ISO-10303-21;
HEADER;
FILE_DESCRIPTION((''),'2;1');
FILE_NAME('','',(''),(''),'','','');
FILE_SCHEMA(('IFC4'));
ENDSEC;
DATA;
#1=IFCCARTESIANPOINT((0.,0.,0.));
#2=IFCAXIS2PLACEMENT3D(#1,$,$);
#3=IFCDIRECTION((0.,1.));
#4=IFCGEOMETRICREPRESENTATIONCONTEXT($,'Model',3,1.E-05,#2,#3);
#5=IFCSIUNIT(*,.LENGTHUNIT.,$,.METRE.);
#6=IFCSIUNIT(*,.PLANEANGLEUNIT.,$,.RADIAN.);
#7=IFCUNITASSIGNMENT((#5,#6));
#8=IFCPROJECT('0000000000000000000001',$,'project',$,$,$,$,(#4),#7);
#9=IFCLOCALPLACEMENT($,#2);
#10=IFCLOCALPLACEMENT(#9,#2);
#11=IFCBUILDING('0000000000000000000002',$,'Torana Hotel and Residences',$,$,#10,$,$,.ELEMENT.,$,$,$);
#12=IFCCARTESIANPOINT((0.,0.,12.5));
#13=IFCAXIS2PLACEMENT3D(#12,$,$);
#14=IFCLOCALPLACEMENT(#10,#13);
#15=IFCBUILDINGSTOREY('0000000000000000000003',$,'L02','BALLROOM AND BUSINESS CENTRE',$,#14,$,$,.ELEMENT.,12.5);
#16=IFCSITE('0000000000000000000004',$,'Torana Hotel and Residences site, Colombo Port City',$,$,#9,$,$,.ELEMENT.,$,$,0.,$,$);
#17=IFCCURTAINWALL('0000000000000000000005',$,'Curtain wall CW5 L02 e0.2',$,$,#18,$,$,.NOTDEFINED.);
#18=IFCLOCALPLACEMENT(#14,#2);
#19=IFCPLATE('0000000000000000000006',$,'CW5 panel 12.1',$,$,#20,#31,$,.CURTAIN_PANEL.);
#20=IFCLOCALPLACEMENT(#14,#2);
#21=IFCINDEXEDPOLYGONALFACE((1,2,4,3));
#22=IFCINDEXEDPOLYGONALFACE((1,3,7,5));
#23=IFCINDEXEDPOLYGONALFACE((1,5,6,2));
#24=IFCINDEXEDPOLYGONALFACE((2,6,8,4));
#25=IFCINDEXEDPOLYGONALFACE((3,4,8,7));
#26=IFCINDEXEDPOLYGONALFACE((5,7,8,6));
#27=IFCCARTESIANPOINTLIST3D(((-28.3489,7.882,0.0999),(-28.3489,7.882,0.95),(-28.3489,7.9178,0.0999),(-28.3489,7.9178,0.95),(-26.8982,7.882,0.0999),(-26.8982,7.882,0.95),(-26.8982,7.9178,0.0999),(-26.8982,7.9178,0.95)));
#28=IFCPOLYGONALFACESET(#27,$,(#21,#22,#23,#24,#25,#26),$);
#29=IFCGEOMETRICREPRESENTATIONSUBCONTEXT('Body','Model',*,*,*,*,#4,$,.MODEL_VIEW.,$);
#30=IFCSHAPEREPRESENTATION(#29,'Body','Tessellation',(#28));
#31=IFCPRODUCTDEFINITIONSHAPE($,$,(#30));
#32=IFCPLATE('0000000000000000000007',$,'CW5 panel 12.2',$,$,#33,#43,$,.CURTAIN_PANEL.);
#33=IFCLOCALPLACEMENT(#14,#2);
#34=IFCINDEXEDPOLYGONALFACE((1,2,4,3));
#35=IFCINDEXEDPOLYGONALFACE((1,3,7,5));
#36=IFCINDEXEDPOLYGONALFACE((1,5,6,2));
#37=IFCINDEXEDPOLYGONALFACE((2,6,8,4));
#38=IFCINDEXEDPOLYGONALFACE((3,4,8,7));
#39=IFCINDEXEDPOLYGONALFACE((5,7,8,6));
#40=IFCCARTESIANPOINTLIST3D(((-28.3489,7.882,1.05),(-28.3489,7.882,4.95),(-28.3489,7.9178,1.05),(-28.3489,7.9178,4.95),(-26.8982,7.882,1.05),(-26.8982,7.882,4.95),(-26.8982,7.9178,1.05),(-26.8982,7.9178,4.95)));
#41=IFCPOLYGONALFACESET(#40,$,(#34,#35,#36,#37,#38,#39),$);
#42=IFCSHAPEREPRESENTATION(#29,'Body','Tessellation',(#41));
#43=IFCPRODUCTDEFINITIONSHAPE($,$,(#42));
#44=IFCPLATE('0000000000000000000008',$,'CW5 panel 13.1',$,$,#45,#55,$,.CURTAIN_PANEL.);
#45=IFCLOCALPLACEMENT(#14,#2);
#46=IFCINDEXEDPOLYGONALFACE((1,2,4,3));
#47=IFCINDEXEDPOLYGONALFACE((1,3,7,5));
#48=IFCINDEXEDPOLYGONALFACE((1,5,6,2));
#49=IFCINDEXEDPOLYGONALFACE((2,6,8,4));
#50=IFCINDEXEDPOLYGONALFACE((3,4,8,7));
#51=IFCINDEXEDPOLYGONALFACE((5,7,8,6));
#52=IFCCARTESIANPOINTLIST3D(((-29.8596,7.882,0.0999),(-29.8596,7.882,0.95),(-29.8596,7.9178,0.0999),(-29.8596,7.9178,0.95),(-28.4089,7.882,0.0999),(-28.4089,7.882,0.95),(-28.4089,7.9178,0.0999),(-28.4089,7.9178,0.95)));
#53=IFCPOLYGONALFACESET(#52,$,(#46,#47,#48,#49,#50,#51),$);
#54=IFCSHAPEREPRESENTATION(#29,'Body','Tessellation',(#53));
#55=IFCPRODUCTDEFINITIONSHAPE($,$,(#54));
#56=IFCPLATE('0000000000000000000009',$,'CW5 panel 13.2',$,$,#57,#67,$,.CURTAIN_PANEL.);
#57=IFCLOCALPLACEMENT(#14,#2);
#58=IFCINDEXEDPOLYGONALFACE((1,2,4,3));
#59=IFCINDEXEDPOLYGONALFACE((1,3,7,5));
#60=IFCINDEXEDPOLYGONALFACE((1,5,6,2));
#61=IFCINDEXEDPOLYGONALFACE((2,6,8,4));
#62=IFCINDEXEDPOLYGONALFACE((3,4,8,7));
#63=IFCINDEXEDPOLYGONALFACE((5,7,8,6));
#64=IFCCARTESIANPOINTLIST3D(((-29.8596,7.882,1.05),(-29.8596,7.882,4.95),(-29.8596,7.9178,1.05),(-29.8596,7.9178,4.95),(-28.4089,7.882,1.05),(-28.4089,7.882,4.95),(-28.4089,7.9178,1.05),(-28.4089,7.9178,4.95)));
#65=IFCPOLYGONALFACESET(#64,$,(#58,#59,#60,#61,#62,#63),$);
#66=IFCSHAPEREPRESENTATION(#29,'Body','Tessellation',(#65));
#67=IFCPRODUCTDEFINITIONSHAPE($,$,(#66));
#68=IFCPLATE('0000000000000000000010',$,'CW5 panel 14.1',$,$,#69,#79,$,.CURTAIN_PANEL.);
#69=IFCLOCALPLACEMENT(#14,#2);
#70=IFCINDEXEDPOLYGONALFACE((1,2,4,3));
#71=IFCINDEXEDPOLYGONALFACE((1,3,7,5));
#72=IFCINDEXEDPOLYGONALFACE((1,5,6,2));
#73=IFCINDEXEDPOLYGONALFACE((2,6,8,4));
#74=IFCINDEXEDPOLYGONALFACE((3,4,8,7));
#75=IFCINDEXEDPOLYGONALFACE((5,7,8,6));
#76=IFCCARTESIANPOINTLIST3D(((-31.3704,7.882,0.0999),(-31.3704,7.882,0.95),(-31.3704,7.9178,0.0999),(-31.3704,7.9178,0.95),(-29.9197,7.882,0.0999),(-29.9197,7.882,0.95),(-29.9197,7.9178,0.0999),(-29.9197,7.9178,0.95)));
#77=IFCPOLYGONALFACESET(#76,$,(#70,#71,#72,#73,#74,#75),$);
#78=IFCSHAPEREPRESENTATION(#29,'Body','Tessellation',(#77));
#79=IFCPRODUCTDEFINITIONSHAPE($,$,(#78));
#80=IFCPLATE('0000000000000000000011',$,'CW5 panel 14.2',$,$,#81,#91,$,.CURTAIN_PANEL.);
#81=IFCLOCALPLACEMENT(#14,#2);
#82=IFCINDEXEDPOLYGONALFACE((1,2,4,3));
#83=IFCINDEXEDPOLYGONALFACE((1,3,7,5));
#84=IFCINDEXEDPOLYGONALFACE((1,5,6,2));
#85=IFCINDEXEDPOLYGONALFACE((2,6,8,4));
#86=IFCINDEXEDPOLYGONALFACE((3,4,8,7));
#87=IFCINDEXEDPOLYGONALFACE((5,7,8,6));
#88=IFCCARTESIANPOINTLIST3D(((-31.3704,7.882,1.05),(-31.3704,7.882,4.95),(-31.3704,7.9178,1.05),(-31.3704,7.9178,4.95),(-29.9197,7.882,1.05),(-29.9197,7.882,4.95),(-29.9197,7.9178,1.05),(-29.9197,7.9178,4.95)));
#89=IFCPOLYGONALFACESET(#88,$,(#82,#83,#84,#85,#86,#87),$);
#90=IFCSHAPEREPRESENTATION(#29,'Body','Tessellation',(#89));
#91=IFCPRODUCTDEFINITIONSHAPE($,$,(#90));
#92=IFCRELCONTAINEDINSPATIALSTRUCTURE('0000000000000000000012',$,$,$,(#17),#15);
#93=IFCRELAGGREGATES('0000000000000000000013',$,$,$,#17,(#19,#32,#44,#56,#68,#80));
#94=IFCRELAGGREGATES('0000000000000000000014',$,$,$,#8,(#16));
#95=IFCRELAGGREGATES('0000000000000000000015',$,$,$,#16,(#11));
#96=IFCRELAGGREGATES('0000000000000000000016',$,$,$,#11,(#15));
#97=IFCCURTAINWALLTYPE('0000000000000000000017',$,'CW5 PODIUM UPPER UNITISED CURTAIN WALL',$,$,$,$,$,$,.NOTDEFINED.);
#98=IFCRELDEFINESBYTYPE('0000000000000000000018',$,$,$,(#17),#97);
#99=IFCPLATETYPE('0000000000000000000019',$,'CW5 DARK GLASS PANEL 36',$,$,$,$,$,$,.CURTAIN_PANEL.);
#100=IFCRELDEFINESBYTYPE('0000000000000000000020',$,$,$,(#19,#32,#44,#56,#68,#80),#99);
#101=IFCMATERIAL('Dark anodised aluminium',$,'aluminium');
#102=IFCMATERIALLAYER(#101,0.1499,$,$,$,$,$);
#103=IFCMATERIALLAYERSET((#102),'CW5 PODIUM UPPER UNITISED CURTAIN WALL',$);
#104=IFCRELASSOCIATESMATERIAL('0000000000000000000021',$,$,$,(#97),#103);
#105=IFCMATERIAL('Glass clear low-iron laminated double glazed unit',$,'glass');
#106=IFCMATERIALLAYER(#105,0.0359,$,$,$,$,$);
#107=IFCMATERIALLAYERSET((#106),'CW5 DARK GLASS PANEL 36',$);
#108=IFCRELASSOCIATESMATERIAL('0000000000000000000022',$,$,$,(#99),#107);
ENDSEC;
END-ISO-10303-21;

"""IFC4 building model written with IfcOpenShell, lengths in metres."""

from ifc_helpers import new_model, si_unit, direction, frame, origin, origin_2d, place, context, subcontext, project, spatial, rectangle, extrude, material, layer, layer_set, type_object, element, aggregate, save


model = new_model("IFC4")

# Units and contexts
model_context = context("Model", 3, precision=1e-05, world=origin(), true_north=direction((0.0, 1.0)))
body_context = subcontext(model_context, "Body", "Model", "MODEL_VIEW")
ifc_project = project(units=[si_unit("LENGTHUNIT", "METRE"), si_unit("PLANEANGLEUNIT", "RADIAN")], contexts=[model_context])

# Site, building, storey
site_placement = place(None, origin())
site = spatial("IfcSite", under=ifc_project, at=site_placement, Name="Torana Hotel and Residences site, Colombo Port City", CompositionType="ELEMENT", RefElevation=0.0)
building_placement = place(site_placement, origin())
building = spatial("IfcBuilding", under=site, at=building_placement, Name="Torana Hotel and Residences", CompositionType="ELEMENT")
storey_placement = place(building_placement, frame((0.0, 0.0, 12.5)))
storey = spatial("IfcBuildingStorey", under=building, at=storey_placement, Name="L02", Description="BALLROOM AND BUSINESS CENTRE", CompositionType="ELEMENT", Elevation=12.5)

# Curtain wall, plates
ifc_material_1 = material(Name="Dark anodised aluminium", Category="aluminium")
ifc_layer_1 = layer(ifc_material_1, 0.1499)
ifc_layer_set_1 = layer_set([ifc_layer_1], Name="CW5 PODIUM UPPER UNITISED CURTAIN WALL")
curtain_wall_type = type_object("IfcCurtainWallType", Name="CW5 PODIUM UPPER UNITISED CURTAIN WALL", PredefinedType="NOTDEFINED", material=ifc_layer_set_1)
curtain_wall_placement = place(storey_placement, origin())
curtain_wall = element("IfcCurtainWall", 1, at=curtain_wall_placement, inside=storey, type_object=curtain_wall_type, Name="Curtain wall CW5 L02 e0.2", PredefinedType="NOTDEFINED")
ifc_material_2 = material(Name="Glass clear low-iron laminated double glazed unit", Category="glass")
ifc_layer_2 = layer(ifc_material_2, 0.0359)
ifc_layer_set_2 = layer_set([ifc_layer_2], Name="CW5 DARK GLASS PANEL 36")
plate_type = type_object("IfcPlateType", Name="CW5 DARK GLASS PANEL 36", PredefinedType="CURTAIN_PANEL", material=ifc_layer_set_2)
plate_1_placement = place(storey_placement, frame((-27.6235, 7.8999, 0.0999), z_axis=(0.0, 0.0, 1.0), x_axis=(-1.0, 0.0, 0.0)))
plate_1 = element("IfcPlate", 2, at=plate_1_placement, type_object=plate_type, Name="CW5 panel 12.1", PredefinedType="CURTAIN_PANEL", context=body_context, shape_type="SweptSolid", body=[
    extrude(rectangle(XDim=1.4507, YDim=0.0359, at=origin_2d()), origin(), (0.0, 0.0, 1.0), 0.8501),
])
plate_2_placement = place(storey_placement, frame((-27.6235, 7.8999, 1.05), z_axis=(0.0, 0.0, 1.0), x_axis=(-1.0, 0.0, 0.0)))
plate_2 = element("IfcPlate", 3, at=plate_2_placement, type_object=plate_type, Name="CW5 panel 12.2", PredefinedType="CURTAIN_PANEL", context=body_context, shape_type="SweptSolid", body=[
    extrude(rectangle(XDim=1.4507, YDim=0.0359, at=origin_2d()), origin(), (0.0, 0.0, 1.0), 3.8999),
])
plate_3_placement = place(storey_placement, frame((-29.1343, 7.8999, 0.0999), z_axis=(0.0, 0.0, 1.0), x_axis=(-1.0, 0.0, 0.0)))
plate_3 = element("IfcPlate", 4, at=plate_3_placement, type_object=plate_type, Name="CW5 panel 13.1", PredefinedType="CURTAIN_PANEL", context=body_context, shape_type="SweptSolid", body=[
    extrude(rectangle(XDim=1.4507, YDim=0.0359, at=origin_2d()), origin(), (0.0, 0.0, 1.0), 0.8501),
])
plate_4_placement = place(storey_placement, frame((-29.1343, 7.8999, 1.05), z_axis=(0.0, 0.0, 1.0), x_axis=(-1.0, 0.0, 0.0)))
plate_4 = element("IfcPlate", 5, at=plate_4_placement, type_object=plate_type, Name="CW5 panel 13.2", PredefinedType="CURTAIN_PANEL", context=body_context, shape_type="SweptSolid", body=[
    extrude(rectangle(XDim=1.4507, YDim=0.0359, at=origin_2d()), origin(), (0.0, 0.0, 1.0), 3.8999),
])
plate_5_placement = place(storey_placement, frame((-30.645, 7.8999, 0.0999), z_axis=(0.0, 0.0, 1.0), x_axis=(-1.0, 0.0, 0.0)))
plate_5 = element("IfcPlate", 6, at=plate_5_placement, type_object=plate_type, Name="CW5 panel 14.1", PredefinedType="CURTAIN_PANEL", context=body_context, shape_type="SweptSolid", body=[
    extrude(rectangle(XDim=1.4507, YDim=0.0359, at=origin_2d()), origin(), (0.0, 0.0, 1.0), 0.8501),
])
plate_6_placement = place(storey_placement, frame((-30.645, 7.8999, 1.05), z_axis=(0.0, 0.0, 1.0), x_axis=(-1.0, 0.0, 0.0)))
plate_6 = element("IfcPlate", 7, at=plate_6_placement, type_object=plate_type, Name="CW5 panel 14.2", PredefinedType="CURTAIN_PANEL", context=body_context, shape_type="SweptSolid", body=[
    extrude(rectangle(XDim=1.4507, YDim=0.0359, at=origin_2d()), origin(), (0.0, 0.0, 1.0), 3.8999),
])
aggregate(curtain_wall, [plate_1, plate_2, plate_3, plate_4, plate_5, plate_6])

save(model, "model.ifc")
